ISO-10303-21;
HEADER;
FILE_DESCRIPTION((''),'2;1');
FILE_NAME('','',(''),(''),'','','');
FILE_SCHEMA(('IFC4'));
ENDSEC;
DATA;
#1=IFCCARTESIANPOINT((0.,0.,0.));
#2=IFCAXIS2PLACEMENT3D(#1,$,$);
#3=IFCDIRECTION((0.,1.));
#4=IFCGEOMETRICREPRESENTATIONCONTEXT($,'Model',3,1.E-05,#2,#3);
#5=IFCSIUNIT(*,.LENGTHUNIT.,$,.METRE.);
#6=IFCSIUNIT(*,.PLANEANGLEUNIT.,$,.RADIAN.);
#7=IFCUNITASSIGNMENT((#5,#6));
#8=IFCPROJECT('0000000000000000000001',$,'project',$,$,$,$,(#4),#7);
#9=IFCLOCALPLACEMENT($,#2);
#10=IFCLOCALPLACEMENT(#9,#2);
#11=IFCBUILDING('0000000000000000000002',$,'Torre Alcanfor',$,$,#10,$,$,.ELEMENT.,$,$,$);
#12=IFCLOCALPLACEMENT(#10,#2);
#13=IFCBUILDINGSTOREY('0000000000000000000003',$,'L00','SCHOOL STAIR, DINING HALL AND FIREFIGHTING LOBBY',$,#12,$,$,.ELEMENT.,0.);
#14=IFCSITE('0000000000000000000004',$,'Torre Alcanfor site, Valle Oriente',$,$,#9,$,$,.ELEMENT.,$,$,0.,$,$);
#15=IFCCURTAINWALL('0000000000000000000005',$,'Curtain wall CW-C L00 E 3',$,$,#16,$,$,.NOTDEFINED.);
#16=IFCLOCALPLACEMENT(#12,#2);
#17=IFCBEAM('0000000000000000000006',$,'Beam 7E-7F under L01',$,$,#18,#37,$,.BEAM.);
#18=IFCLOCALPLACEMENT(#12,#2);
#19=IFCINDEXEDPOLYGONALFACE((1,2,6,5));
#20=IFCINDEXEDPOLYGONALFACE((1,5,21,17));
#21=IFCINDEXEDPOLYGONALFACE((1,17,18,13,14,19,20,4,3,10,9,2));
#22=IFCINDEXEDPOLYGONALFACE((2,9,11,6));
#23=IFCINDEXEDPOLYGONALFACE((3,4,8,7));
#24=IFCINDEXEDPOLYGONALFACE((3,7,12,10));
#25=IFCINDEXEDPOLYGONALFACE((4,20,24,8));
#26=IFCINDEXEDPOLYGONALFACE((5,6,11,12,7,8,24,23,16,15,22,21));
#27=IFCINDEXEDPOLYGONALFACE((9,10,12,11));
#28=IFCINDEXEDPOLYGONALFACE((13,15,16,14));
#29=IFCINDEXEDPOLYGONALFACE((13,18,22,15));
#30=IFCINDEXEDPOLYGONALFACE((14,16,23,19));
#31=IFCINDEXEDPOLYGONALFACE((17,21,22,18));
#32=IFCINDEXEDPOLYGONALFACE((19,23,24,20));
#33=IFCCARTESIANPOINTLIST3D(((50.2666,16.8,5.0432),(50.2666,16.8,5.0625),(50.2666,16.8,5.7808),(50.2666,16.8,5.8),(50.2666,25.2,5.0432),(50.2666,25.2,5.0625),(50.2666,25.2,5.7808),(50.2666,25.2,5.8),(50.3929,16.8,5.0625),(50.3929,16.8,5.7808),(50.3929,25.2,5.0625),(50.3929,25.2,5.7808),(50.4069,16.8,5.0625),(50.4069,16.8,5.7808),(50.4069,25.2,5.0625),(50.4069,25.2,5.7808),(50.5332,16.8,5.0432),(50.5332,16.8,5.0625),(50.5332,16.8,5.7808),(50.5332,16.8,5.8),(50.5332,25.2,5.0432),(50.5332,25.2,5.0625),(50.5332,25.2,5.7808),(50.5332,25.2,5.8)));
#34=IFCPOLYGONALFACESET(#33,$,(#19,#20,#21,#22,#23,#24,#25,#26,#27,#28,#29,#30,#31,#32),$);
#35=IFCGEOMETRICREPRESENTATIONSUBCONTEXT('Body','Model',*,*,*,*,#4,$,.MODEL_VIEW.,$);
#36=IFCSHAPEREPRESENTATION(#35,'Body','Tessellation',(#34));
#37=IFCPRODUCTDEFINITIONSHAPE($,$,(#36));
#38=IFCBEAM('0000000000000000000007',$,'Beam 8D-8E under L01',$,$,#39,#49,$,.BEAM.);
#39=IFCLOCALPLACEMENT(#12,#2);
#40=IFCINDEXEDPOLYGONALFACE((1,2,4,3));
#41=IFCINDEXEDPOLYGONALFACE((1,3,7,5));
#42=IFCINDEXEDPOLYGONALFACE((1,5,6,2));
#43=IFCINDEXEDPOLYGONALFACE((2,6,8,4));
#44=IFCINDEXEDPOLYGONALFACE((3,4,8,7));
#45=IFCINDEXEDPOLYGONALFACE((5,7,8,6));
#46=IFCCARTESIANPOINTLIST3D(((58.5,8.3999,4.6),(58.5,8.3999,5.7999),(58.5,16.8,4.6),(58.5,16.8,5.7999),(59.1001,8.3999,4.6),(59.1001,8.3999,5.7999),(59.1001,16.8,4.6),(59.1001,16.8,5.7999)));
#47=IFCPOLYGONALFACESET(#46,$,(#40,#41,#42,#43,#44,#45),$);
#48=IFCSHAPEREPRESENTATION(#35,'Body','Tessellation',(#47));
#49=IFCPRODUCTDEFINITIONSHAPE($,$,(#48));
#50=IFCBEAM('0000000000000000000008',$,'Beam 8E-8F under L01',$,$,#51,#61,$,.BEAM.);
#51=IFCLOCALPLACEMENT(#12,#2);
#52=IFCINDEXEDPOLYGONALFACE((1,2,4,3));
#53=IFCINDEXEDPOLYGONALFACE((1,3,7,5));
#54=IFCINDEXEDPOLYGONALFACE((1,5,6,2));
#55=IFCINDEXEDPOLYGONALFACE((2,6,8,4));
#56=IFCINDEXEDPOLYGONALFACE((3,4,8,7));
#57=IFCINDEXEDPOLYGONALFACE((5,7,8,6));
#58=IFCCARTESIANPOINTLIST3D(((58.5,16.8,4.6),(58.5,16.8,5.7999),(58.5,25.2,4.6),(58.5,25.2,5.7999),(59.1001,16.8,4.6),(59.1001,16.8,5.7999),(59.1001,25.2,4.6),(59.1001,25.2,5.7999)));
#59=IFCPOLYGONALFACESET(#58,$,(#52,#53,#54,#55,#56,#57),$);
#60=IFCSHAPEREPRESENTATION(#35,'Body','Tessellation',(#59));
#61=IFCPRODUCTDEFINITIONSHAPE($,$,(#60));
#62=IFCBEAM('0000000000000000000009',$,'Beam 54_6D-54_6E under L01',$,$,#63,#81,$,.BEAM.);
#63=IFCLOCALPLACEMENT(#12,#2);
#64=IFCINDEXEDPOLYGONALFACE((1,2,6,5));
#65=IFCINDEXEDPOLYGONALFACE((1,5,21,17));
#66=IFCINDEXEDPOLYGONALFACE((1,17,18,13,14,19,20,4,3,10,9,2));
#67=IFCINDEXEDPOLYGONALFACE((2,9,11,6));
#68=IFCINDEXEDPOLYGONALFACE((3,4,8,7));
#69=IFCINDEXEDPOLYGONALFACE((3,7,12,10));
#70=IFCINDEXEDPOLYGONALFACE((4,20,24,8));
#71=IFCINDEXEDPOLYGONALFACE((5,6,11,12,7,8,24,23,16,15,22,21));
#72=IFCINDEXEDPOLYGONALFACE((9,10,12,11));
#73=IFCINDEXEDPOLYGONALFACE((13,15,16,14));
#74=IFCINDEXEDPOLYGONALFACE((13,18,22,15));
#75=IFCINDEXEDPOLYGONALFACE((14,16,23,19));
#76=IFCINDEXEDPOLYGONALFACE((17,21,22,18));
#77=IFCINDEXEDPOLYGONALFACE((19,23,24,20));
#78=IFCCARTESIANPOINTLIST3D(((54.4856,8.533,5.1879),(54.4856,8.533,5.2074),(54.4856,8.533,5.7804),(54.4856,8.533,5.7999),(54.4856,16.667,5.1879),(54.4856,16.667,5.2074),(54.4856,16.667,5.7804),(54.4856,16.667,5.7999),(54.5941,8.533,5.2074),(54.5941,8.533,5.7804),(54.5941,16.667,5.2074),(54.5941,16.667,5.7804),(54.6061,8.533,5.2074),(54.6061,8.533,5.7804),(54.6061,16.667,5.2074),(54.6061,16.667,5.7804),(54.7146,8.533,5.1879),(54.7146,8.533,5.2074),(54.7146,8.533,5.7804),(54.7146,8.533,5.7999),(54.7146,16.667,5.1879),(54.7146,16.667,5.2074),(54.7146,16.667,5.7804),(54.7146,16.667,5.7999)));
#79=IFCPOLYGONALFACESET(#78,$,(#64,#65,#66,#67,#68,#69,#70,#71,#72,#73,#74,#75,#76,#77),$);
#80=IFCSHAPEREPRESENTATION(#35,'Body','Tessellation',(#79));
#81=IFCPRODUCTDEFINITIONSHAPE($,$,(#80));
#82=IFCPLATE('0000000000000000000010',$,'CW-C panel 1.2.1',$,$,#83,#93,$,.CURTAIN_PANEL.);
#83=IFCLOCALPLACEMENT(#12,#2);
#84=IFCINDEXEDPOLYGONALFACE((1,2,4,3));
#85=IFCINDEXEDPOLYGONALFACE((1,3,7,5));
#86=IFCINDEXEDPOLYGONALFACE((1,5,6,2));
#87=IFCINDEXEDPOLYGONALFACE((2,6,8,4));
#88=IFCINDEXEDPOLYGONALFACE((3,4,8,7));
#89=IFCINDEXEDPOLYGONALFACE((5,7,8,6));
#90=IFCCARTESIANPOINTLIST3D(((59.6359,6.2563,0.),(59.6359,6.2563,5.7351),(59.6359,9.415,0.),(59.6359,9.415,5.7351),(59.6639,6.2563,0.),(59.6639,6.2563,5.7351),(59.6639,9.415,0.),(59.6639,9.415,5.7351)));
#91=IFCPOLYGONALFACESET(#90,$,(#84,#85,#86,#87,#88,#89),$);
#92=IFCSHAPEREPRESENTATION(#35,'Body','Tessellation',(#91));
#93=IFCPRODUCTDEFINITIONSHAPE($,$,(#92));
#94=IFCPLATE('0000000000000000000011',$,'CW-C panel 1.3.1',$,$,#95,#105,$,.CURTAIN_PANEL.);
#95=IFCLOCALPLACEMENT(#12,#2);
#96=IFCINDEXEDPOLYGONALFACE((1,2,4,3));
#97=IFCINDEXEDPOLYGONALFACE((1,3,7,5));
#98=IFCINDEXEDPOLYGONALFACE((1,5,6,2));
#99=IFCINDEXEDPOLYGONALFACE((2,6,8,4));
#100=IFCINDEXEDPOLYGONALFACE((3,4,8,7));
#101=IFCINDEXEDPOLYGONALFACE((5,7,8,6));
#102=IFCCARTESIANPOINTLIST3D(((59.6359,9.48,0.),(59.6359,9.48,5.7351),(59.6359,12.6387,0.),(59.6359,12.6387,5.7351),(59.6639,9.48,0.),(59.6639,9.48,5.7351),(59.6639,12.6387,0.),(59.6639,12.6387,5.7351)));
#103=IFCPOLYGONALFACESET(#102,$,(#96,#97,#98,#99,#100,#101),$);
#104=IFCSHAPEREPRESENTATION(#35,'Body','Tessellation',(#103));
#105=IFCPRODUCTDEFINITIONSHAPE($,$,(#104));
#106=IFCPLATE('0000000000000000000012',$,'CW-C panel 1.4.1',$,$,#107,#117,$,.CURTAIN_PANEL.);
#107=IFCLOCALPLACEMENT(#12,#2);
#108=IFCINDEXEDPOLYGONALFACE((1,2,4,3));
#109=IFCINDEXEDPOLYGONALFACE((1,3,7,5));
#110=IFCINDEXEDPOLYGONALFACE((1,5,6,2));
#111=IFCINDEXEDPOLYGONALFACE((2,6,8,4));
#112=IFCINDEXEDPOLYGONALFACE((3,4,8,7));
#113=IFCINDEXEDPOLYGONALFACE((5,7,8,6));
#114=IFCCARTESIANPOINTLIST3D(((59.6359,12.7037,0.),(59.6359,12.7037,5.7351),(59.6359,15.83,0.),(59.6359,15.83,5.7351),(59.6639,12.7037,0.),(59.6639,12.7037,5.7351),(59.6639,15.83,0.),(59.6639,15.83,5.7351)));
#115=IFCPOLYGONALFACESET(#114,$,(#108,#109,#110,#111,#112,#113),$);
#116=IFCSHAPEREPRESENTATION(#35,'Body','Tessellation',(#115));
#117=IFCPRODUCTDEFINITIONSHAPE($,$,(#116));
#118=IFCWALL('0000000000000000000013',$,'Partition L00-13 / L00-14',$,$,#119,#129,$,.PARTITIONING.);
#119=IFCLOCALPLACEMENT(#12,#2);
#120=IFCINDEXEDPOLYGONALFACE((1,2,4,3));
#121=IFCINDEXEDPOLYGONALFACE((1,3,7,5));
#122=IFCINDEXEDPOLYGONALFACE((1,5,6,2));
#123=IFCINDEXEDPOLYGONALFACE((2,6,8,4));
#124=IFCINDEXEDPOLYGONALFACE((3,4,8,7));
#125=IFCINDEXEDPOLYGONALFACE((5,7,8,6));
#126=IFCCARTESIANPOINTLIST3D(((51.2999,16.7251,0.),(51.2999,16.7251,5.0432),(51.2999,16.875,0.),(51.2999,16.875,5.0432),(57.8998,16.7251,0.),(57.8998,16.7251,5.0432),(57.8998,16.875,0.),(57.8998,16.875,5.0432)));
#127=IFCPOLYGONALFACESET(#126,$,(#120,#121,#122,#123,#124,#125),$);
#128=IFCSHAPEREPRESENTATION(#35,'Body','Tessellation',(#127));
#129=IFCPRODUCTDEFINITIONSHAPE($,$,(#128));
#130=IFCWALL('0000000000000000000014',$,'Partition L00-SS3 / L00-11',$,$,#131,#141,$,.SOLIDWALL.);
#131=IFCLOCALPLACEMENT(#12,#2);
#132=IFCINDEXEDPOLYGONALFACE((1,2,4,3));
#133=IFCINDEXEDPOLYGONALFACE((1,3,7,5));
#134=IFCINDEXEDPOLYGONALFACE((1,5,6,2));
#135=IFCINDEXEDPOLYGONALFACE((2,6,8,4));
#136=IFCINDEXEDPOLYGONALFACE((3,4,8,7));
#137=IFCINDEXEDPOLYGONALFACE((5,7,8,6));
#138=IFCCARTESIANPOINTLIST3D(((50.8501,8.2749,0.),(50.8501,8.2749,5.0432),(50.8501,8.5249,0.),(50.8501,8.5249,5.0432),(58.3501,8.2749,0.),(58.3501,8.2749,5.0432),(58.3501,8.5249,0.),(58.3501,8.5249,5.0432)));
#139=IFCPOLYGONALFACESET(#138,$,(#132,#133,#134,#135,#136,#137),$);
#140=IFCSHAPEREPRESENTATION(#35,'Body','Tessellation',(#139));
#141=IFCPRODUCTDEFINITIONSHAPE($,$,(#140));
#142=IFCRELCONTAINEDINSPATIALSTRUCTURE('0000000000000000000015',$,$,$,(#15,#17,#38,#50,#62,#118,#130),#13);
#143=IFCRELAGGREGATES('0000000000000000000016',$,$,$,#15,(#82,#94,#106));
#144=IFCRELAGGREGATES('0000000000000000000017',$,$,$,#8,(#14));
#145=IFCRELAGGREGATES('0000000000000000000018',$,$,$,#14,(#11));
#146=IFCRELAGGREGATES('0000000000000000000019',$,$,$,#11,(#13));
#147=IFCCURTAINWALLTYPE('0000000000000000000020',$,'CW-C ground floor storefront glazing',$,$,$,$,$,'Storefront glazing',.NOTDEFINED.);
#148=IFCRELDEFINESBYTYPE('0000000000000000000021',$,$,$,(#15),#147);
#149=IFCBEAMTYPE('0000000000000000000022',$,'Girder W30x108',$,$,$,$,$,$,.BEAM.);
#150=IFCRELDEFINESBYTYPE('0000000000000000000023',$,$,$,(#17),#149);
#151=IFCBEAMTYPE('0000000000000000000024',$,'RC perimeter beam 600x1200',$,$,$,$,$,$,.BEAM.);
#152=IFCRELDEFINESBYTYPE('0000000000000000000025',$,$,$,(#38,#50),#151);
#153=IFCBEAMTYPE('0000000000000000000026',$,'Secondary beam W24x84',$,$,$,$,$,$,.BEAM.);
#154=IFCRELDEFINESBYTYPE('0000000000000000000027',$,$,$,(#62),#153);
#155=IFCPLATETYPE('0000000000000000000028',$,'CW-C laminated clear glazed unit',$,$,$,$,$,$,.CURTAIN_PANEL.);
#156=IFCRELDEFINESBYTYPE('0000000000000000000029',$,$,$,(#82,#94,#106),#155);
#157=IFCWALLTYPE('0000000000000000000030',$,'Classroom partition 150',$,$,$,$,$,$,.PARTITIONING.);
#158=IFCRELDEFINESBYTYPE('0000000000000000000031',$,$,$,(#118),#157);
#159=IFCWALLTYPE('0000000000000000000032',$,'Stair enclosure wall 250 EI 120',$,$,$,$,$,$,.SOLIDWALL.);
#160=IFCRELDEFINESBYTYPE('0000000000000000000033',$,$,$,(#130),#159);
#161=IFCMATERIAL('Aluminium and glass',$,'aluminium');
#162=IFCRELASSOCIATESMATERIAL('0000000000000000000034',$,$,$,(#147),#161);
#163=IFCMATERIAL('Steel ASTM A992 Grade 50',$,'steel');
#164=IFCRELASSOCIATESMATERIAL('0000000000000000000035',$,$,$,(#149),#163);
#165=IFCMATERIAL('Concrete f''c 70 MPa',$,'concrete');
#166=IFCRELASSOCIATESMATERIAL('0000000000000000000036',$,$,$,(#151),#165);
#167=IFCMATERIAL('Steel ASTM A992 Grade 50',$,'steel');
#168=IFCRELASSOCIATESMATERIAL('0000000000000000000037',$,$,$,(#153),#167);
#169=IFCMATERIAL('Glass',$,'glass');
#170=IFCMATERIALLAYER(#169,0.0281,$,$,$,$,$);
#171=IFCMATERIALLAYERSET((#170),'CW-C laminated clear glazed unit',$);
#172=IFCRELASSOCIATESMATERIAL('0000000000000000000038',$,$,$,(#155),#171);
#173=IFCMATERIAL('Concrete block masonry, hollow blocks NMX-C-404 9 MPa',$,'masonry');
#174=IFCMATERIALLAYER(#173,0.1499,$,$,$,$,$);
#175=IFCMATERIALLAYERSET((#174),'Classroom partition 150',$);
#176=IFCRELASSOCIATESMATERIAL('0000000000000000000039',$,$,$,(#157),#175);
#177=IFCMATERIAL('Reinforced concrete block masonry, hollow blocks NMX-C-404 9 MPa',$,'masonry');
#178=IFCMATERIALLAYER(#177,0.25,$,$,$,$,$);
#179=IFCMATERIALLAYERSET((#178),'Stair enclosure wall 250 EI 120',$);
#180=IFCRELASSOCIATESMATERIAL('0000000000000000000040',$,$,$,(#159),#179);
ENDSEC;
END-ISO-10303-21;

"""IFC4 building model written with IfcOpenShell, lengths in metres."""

from ifc_helpers import new_model, si_unit, direction, frame, frame_2d, origin, origin_2d, place, context, subcontext, project, spatial, rectangle, i_section, extrude, material, layer, layer_set, material_profile, profile_set, type_object, element, aggregate, save


model = new_model("IFC4")

# Units and contexts
model_context = context("Model", 3, precision=1e-05, world=origin(), true_north=direction((0.0, 1.0)))
body_context = subcontext(model_context, "Body", "Model", "MODEL_VIEW")
ifc_project = project(units=[si_unit("LENGTHUNIT", "METRE"), si_unit("PLANEANGLEUNIT", "RADIAN")], contexts=[model_context])

# Site, building, storey
site_placement = place(None, origin())
site = spatial("IfcSite", under=ifc_project, at=site_placement, Name="Torre Alcanfor site, Valle Oriente", CompositionType="ELEMENT", RefElevation=0.0)
building_placement = place(site_placement, origin())
building = spatial("IfcBuilding", under=site, at=building_placement, Name="Torre Alcanfor", CompositionType="ELEMENT")
storey_placement = place(building_placement, origin())
storey = spatial("IfcBuildingStorey", under=building, at=storey_placement, Name="L00", Description="SCHOOL STAIR, DINING HALL AND FIREFIGHTING LOBBY", CompositionType="ELEMENT", Elevation=0.0)

# Curtain wall
ifc_material_1 = material(Name="Aluminium and glass", Category="aluminium")
curtain_wall_type = type_object("IfcCurtainWallType", Name="CW-C ground floor storefront glazing", ElementType="Storefront glazing", PredefinedType="NOTDEFINED", material=ifc_material_1)
curtain_wall_placement = place(storey_placement, origin())
curtain_wall = element("IfcCurtainWall", 1, at=curtain_wall_placement, inside=storey, type_object=curtain_wall_type, Name="Curtain wall CW-C L00 E 3", PredefinedType="NOTDEFINED")

# Beams
ifc_material_2 = material(Name="Steel ASTM A992 Grade 50", Category="steel")
ifc_material_profile_1 = material_profile(ifc_material_2, i_section(OverallWidth=0.2666, OverallDepth=0.7568, WebThickness=0.0139, FlangeThickness=0.0193, at=origin_2d()), Name="W30x108")
ifc_profile_set_1 = profile_set([ifc_material_profile_1], Name="Steel ASTM A992 Grade 50")
beam_type_1 = type_object("IfcBeamType", Name="Girder W30x108", PredefinedType="BEAM", material=ifc_profile_set_1)
beam_1_placement = place(storey_placement, frame((50.3999, 16.8, 5.4216), z_axis=(0.0, 1.0, 0.0), x_axis=(-1.0, 0.0, 0.0)))
element("IfcBeam", 2, at=beam_1_placement, inside=storey, type_object=beam_type_1, Name="Beam 7E-7F under L01", PredefinedType="BEAM", context=body_context, shape_type="SweptSolid", body=[
    extrude(i_section(OverallWidth=0.2666, OverallDepth=0.7568, WebThickness=0.0139, FlangeThickness=0.0193, at=origin_2d()), origin(), (0.0, 0.0, 1.0), 8.3999),
])
ifc_material_3 = material(Name="Concrete f'c 70 MPa", Category="concrete")
ifc_material_profile_2 = material_profile(ifc_material_3, rectangle(XDim=0.6001, YDim=1.2, at=origin_2d()), Name="600x1200")
ifc_profile_set_2 = profile_set([ifc_material_profile_2], Name="Concrete f'c 70 MPa")
beam_type_2 = type_object("IfcBeamType", Name="RC perimeter beam 600x1200", PredefinedType="BEAM", material=ifc_profile_set_2)
beam_2_placement = place(storey_placement, frame((58.8, 8.3999, 5.2), z_axis=(0.0, 1.0, 0.0), x_axis=(-1.0, 0.0, 0.0)))
element("IfcBeam", 3, at=beam_2_placement, inside=storey, type_object=beam_type_2, Name="Beam 8D-8E under L01", PredefinedType="BEAM", context=body_context, shape_type="SweptSolid", body=[
    extrude(rectangle(XDim=0.6001, YDim=1.2, at=origin_2d()), origin(), (0.0, 0.0, 1.0), 8.4001),
])
beam_3_placement = place(storey_placement, frame((58.8, 16.8, 5.2), z_axis=(0.0, 1.0, 0.0), x_axis=(-1.0, 0.0, 0.0)))
element("IfcBeam", 4, at=beam_3_placement, inside=storey, type_object=beam_type_2, Name="Beam 8E-8F under L01", PredefinedType="BEAM", context=body_context, shape_type="SweptSolid", body=[
    extrude(rectangle(XDim=0.6001, YDim=1.2, at=origin_2d()), origin(), (0.0, 0.0, 1.0), 8.3999),
])
ifc_material_4 = material(Name="Steel ASTM A992 Grade 50", Category="steel")
ifc_material_profile_3 = material_profile(ifc_material_4, i_section(OverallWidth=0.229, OverallDepth=0.6121, WebThickness=0.012, FlangeThickness=0.0195, at=origin_2d()), Name="W24x84")
ifc_profile_set_3 = profile_set([ifc_material_profile_3], Name="Steel ASTM A992 Grade 50")
beam_type_3 = type_object("IfcBeamType", Name="Secondary beam W24x84", PredefinedType="BEAM", material=ifc_profile_set_3)
beam_4_placement = place(storey_placement, frame((54.6001, 8.533, 5.4939), z_axis=(0.0, 1.0, 0.0), x_axis=(-1.0, 0.0, 0.0)))
element("IfcBeam", 5, at=beam_4_placement, inside=storey, type_object=beam_type_3, Name="Beam 54_6D-54_6E under L01", PredefinedType="BEAM", context=body_context, shape_type="SweptSolid", body=[
    extrude(i_section(OverallWidth=0.229, OverallDepth=0.6121, WebThickness=0.012, FlangeThickness=0.0195, at=origin_2d()), origin(), (0.0, 0.0, 1.0), 8.134),
])

# Plates
ifc_material_5 = material(Name="Glass", Category="glass")
ifc_layer_1 = layer(ifc_material_5, 0.0281)
ifc_layer_set_1 = layer_set([ifc_layer_1], Name="CW-C laminated clear glazed unit")
plate_type = type_object("IfcPlateType", Name="CW-C laminated clear glazed unit", PredefinedType="CURTAIN_PANEL", material=ifc_layer_set_1)
plate_1_placement = place(storey_placement, frame((59.6499, 7.8357, 0.0), z_axis=(0.0, 0.0, 1.0), x_axis=(0.0, 1.0, 0.0)))
plate_1 = element("IfcPlate", 6, at=plate_1_placement, type_object=plate_type, Name="CW-C panel 1.2.1", PredefinedType="CURTAIN_PANEL", context=body_context, shape_type="SweptSolid", body=[
    extrude(rectangle(XDim=3.1587, YDim=0.0281, at=origin_2d()), origin(), (0.0, 0.0, 1.0), 5.7351),
])
plate_2_placement = place(storey_placement, frame((59.6499, 11.0593, 0.0), z_axis=(0.0, 0.0, 1.0), x_axis=(0.0, 1.0, 0.0)))
plate_2 = element("IfcPlate", 7, at=plate_2_placement, type_object=plate_type, Name="CW-C panel 1.3.1", PredefinedType="CURTAIN_PANEL", context=body_context, shape_type="SweptSolid", body=[
    extrude(rectangle(XDim=3.1587, YDim=0.0281, at=origin_2d()), origin(), (0.0, 0.0, 1.0), 5.7351),
])
plate_3_placement = place(storey_placement, frame((59.6499, 14.2668, 0.0), z_axis=(0.0, 0.0, 1.0), x_axis=(0.0, 1.0, 0.0)))
plate_3 = element("IfcPlate", 8, at=plate_3_placement, type_object=plate_type, Name="CW-C panel 1.4.1", PredefinedType="CURTAIN_PANEL", context=body_context, shape_type="SweptSolid", body=[
    extrude(rectangle(XDim=3.1262, YDim=0.0281, at=origin_2d()), origin(), (0.0, 0.0, 1.0), 5.7351),
])
aggregate(curtain_wall, [plate_1, plate_2, plate_3])

# Walls
ifc_material_6 = material(Name="Concrete block masonry, hollow blocks NMX-C-404 9 MPa", Category="masonry")
ifc_layer_2 = layer(ifc_material_6, 0.1499)
ifc_layer_set_2 = layer_set([ifc_layer_2], Name="Classroom partition 150")
wall_type_1 = type_object("IfcWallType", Name="Classroom partition 150", PredefinedType="PARTITIONING", material=ifc_layer_set_2)
wall_1_placement = place(storey_placement, frame((51.3, 16.8, 0.0), z_axis=(0.0, 0.0, 1.0), x_axis=(1.0, 0.0, 0.0)))
element("IfcWall", 9, at=wall_1_placement, inside=storey, type_object=wall_type_1, Name="Partition L00-13 / L00-14", PredefinedType="PARTITIONING", context=body_context, shape_type="SweptSolid", body=[
    extrude(rectangle(XDim=6.5999, YDim=0.1499, at=frame_2d((3.2998, 0.0))), origin(), (0.0, 0.0, 1.0), 5.0432),
])
ifc_material_7 = material(Name="Reinforced concrete block masonry, hollow blocks NMX-C-404 9 MPa", Category="masonry")
ifc_layer_3 = layer(ifc_material_7, 0.25)
ifc_layer_set_3 = layer_set([ifc_layer_3], Name="Stair enclosure wall 250 EI 120")
wall_type_2 = type_object("IfcWallType", Name="Stair enclosure wall 250 EI 120", PredefinedType="SOLIDWALL", material=ifc_layer_set_3)
wall_2_placement = place(storey_placement, frame((50.8501, 8.3999, 0.0), z_axis=(0.0, 0.0, 1.0), x_axis=(1.0, 0.0, 0.0)))
element("IfcWall", 10, at=wall_2_placement, inside=storey, type_object=wall_type_2, Name="Partition L00-SS3 / L00-11", PredefinedType="SOLIDWALL", context=body_context, shape_type="SweptSolid", body=[
    extrude(rectangle(XDim=7.5, YDim=0.25, at=frame_2d((3.75, 0.0))), origin(), (0.0, 0.0, 1.0), 5.0432),
])

save(model, "model.ifc")
